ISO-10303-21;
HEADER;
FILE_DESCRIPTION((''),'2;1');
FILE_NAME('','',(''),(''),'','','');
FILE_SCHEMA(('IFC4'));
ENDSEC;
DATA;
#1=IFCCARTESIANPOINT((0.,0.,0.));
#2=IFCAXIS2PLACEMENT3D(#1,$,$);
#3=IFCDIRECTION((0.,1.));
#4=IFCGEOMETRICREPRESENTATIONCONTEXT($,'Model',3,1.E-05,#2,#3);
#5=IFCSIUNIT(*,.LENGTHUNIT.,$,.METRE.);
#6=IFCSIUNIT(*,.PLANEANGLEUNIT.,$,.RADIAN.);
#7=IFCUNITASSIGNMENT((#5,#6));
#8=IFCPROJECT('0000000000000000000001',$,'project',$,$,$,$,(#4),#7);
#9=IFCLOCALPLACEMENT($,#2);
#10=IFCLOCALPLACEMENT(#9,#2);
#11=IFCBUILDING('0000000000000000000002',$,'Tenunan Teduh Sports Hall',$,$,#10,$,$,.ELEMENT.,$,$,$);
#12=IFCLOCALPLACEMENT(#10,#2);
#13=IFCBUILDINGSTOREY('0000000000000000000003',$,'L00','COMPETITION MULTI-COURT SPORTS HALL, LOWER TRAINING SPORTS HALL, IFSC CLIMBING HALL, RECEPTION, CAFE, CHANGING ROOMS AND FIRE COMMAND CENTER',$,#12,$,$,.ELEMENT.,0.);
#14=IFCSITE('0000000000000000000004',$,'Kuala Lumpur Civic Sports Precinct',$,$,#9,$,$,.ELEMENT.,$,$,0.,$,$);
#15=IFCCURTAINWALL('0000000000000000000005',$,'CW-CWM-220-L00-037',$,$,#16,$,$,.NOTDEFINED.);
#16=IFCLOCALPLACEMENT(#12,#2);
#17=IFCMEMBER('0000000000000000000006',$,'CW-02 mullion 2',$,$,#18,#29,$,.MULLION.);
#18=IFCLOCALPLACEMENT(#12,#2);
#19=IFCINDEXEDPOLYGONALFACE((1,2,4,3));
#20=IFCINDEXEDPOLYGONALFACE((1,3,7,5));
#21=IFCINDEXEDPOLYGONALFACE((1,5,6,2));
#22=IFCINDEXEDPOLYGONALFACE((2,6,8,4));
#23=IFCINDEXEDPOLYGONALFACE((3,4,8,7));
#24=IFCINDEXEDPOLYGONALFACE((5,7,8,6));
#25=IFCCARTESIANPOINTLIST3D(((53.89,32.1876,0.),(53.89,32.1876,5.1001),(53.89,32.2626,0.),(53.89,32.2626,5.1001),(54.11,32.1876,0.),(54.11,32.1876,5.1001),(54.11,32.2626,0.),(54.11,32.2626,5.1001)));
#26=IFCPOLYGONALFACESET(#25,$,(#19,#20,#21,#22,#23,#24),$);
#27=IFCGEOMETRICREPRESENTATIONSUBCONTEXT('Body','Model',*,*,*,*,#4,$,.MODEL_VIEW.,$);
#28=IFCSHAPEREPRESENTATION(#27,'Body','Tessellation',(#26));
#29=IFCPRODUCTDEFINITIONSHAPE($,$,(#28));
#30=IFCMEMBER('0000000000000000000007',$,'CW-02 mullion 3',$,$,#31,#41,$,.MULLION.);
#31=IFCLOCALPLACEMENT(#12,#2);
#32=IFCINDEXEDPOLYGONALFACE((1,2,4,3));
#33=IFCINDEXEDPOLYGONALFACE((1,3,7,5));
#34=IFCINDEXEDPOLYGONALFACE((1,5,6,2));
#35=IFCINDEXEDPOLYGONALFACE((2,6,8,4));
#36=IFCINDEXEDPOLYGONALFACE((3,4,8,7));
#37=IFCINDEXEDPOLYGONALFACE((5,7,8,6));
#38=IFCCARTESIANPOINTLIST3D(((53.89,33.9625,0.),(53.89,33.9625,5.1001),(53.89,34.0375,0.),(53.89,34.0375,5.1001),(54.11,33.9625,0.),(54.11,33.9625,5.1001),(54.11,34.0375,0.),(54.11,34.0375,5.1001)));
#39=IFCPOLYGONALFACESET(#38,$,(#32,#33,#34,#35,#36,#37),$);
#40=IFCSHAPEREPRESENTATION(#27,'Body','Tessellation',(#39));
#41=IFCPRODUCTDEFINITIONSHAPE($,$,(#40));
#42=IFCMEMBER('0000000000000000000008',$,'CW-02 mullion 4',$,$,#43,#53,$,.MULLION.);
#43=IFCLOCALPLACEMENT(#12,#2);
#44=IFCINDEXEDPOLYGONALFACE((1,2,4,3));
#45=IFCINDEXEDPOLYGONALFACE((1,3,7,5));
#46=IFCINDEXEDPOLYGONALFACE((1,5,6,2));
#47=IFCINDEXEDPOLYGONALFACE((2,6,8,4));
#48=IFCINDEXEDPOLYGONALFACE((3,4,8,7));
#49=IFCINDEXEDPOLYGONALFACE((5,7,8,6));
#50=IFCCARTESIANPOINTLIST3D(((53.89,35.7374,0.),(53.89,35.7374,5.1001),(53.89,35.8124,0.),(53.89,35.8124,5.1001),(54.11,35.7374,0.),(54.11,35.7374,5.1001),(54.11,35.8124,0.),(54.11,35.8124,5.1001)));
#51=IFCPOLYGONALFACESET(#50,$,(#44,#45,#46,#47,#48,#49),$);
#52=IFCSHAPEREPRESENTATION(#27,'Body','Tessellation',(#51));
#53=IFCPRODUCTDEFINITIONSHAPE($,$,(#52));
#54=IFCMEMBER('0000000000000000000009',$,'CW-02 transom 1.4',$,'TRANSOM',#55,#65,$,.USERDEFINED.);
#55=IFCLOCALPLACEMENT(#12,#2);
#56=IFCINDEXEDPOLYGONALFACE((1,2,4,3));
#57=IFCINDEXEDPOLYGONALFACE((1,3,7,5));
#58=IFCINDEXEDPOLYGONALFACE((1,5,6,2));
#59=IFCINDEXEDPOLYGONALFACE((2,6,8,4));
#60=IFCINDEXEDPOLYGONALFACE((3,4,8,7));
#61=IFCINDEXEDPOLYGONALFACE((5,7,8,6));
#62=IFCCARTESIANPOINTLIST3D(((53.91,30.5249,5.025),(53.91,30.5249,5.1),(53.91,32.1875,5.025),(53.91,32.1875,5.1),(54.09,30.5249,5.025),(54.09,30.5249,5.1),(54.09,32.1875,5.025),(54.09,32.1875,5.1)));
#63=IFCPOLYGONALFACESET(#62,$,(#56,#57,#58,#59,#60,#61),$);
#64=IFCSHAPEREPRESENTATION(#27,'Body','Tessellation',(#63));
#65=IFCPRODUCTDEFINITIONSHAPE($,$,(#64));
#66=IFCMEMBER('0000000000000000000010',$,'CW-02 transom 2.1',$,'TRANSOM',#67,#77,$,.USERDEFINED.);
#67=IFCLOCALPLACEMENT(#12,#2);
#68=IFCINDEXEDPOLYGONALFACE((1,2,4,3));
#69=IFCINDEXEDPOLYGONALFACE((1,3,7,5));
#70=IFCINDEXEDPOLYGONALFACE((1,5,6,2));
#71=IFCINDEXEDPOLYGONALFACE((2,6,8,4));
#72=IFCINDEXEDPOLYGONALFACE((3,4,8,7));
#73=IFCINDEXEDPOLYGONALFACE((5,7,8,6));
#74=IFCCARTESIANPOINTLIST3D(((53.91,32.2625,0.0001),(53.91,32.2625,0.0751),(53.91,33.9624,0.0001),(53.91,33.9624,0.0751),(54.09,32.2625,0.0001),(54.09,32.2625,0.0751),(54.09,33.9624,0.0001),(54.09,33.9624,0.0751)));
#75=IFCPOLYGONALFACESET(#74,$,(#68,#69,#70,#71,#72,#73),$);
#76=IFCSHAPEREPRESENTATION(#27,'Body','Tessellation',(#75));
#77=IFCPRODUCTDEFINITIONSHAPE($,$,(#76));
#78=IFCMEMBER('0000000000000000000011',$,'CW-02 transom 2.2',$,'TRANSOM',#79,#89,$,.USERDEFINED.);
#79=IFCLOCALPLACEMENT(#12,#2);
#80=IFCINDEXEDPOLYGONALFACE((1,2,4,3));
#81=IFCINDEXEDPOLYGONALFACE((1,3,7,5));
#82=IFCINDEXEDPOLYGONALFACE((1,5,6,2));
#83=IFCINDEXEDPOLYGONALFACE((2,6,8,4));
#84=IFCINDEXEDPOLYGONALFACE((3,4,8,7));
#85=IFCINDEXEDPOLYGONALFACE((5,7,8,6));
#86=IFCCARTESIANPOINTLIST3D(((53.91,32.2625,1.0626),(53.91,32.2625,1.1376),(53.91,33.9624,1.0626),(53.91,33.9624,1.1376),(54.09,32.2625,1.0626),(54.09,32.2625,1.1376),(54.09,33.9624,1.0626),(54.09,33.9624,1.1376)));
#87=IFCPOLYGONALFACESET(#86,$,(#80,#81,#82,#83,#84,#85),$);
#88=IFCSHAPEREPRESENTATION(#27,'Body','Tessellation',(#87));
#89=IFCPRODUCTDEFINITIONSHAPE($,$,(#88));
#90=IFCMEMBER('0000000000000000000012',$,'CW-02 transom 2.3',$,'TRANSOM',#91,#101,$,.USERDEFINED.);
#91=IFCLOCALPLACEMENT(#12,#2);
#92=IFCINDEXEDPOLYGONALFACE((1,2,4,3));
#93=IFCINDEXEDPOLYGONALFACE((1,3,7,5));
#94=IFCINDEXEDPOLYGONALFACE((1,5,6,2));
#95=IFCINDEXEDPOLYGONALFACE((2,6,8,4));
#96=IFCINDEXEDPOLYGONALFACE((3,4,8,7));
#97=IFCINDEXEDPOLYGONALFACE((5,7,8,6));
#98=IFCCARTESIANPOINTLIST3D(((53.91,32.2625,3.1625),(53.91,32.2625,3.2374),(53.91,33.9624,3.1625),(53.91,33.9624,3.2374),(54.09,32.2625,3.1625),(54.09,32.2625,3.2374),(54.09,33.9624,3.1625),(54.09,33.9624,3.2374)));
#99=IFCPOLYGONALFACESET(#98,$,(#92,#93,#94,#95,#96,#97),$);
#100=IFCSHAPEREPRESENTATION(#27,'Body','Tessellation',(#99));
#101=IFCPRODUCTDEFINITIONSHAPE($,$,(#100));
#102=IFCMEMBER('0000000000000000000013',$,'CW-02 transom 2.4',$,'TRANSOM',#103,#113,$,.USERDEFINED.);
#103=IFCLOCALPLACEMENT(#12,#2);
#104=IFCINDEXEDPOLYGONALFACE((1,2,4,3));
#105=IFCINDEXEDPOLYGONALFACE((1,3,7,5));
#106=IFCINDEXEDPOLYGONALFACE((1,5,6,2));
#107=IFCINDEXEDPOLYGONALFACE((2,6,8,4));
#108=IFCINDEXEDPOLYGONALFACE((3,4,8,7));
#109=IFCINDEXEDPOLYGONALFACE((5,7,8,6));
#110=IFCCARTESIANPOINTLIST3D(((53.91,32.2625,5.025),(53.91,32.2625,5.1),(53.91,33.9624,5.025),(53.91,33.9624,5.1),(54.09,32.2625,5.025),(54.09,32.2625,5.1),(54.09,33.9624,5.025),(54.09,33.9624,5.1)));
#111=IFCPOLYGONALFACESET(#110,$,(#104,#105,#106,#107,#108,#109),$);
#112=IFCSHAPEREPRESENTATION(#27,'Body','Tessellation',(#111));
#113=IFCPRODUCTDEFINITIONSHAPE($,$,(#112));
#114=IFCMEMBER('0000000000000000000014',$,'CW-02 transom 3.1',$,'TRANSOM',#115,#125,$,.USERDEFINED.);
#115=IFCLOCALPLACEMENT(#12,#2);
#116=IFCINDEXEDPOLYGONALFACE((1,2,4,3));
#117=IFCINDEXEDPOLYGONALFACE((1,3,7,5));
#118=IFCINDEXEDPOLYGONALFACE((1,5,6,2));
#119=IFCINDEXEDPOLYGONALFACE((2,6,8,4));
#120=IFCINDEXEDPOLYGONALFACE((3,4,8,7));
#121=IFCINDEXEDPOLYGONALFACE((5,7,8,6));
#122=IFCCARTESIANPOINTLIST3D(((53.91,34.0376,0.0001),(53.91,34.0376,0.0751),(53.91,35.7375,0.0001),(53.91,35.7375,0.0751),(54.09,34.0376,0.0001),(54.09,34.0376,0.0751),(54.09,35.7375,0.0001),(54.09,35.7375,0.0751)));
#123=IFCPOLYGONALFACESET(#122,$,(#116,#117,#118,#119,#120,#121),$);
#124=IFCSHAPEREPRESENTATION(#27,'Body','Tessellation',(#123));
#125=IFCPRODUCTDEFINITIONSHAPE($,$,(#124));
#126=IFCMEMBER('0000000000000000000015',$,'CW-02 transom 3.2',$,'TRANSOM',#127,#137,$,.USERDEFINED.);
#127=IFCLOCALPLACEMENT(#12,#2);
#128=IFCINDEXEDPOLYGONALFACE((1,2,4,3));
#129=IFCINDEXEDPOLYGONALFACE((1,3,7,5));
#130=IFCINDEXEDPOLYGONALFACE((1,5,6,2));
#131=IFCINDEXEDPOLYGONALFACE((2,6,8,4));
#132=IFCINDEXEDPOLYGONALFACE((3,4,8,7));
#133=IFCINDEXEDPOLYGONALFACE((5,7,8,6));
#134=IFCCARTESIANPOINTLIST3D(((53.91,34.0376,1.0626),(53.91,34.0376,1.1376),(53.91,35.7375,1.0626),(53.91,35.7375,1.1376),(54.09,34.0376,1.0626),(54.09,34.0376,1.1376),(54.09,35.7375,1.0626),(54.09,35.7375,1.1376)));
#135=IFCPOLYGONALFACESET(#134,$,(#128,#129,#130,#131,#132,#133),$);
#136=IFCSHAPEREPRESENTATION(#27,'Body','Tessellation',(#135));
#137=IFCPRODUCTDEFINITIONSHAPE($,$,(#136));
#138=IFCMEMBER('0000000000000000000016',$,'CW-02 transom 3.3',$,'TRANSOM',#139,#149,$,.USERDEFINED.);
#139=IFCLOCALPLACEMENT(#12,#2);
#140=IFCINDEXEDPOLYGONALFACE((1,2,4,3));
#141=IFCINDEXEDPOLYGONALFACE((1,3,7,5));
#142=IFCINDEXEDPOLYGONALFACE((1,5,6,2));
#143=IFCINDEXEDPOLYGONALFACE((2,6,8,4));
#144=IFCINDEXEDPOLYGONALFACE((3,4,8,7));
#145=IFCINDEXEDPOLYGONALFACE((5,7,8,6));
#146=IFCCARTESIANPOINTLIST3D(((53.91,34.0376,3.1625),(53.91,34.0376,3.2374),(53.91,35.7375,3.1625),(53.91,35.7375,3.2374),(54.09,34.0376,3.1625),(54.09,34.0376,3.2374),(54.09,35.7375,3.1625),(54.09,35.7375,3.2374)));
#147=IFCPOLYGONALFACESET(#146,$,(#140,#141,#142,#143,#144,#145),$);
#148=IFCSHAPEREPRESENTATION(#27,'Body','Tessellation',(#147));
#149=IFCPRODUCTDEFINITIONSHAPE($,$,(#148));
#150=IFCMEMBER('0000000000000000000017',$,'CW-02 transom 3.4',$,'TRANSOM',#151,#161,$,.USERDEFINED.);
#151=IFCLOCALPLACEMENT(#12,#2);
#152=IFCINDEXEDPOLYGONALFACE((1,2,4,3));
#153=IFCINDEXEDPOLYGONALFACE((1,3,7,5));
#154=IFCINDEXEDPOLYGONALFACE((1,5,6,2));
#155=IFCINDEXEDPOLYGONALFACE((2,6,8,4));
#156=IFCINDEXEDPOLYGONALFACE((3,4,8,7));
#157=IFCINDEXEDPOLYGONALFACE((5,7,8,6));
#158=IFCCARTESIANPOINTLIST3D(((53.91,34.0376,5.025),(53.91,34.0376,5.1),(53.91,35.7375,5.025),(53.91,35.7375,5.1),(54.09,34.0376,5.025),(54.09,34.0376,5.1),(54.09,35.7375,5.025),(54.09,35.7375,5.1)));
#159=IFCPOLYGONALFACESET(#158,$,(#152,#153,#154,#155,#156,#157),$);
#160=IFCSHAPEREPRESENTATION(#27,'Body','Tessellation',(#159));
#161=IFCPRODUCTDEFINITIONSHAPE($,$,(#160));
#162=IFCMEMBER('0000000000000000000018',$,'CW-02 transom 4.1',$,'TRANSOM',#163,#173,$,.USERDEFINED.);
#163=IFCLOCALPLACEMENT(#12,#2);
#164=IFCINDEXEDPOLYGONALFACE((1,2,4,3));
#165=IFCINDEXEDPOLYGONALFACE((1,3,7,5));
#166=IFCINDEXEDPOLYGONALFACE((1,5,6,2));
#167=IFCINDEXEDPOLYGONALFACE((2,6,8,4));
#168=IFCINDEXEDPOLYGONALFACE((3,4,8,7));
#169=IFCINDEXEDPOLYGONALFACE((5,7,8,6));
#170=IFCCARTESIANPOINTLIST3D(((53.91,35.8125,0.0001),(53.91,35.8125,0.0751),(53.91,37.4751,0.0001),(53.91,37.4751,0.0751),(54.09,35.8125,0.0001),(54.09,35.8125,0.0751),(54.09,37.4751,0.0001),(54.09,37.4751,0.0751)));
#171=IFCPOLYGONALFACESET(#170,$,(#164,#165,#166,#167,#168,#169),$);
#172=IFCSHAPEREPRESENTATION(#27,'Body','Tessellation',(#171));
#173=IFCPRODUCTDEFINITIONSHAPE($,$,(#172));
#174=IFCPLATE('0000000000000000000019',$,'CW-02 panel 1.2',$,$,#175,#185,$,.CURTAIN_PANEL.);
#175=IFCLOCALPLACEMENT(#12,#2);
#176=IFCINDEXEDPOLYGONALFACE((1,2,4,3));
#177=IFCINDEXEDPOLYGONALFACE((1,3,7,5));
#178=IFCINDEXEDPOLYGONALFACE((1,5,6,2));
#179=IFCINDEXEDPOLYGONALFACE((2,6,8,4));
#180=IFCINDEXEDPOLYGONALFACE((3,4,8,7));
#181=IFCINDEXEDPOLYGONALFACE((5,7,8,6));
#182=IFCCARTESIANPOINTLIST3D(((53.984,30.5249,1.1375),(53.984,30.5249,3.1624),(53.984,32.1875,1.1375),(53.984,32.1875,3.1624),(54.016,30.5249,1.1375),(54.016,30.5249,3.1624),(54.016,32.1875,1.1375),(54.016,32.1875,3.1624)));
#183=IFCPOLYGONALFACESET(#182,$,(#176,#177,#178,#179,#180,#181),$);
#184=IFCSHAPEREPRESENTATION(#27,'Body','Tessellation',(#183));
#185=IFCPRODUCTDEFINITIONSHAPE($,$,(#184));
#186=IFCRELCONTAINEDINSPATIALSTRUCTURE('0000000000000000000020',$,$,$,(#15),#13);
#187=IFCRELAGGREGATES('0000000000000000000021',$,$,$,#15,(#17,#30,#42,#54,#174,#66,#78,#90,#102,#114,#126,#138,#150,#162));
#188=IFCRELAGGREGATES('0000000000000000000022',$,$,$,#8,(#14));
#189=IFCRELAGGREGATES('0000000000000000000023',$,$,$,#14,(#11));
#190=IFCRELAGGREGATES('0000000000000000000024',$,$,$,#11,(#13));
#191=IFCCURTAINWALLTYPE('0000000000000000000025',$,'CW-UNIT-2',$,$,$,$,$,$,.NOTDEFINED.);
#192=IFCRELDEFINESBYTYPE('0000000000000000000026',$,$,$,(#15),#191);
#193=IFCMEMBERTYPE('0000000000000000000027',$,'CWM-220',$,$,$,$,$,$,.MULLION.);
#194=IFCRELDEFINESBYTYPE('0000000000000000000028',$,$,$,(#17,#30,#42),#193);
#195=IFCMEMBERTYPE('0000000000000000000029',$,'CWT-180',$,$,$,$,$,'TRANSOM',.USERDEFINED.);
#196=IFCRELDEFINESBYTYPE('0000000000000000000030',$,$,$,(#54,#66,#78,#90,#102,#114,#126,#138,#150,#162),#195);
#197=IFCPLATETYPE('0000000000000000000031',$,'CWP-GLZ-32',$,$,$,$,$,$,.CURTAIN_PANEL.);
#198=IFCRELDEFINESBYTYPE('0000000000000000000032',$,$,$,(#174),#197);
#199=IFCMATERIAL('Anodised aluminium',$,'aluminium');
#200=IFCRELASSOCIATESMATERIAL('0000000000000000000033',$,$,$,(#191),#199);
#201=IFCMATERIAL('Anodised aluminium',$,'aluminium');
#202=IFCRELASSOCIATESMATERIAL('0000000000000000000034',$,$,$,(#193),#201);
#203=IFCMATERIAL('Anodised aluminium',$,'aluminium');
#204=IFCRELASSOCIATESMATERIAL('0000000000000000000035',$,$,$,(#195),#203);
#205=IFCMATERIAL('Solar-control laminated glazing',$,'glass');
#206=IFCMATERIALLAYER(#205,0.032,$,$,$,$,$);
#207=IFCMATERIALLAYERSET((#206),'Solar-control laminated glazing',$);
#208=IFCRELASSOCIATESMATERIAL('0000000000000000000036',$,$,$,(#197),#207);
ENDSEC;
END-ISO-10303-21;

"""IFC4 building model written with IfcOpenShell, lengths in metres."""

from ifc_helpers import new_model, si_unit, direction, frame, origin, origin_2d, place, context, subcontext, project, spatial, rectangle, extrude, material, layer, layer_set, material_profile, profile_set, type_object, element, aggregate, save


model = new_model("IFC4")

# Units and contexts
model_context = context("Model", 3, precision=1e-05, world=origin(), true_north=direction((0.0, 1.0)))
body_context = subcontext(model_context, "Body", "Model", "MODEL_VIEW")
ifc_project = project(units=[si_unit("LENGTHUNIT", "METRE"), si_unit("PLANEANGLEUNIT", "RADIAN")], contexts=[model_context])

# Site, building, storey
site_placement = place(None, origin())
site = spatial("IfcSite", under=ifc_project, at=site_placement, Name="Kuala Lumpur Civic Sports Precinct", CompositionType="ELEMENT", RefElevation=0.0)
building_placement = place(site_placement, origin())
building = spatial("IfcBuilding", under=site, at=building_placement, Name="Tenunan Teduh Sports Hall", CompositionType="ELEMENT")
storey_placement = place(building_placement, origin())
storey = spatial("IfcBuildingStorey", under=building, at=storey_placement, Name="L00", Description="COMPETITION MULTI-COURT SPORTS HALL, LOWER TRAINING SPORTS HALL, IFSC CLIMBING HALL, RECEPTION, CAFE, CHANGING ROOMS AND FIRE COMMAND CENTER", CompositionType="ELEMENT", Elevation=0.0)

# Curtain wall, members, plate
ifc_material_1 = material(Name="Anodised aluminium", Category="aluminium")
curtain_wall_type = type_object("IfcCurtainWallType", Name="CW-UNIT-2", PredefinedType="NOTDEFINED", material=ifc_material_1)
curtain_wall_placement = place(storey_placement, origin())
curtain_wall = element("IfcCurtainWall", 1, at=curtain_wall_placement, inside=storey, type_object=curtain_wall_type, Name="CW-CWM-220-L00-037", PredefinedType="NOTDEFINED")
ifc_material_2 = material(Name="Anodised aluminium", Category="aluminium")
ifc_material_profile_1 = material_profile(ifc_material_2, rectangle(XDim=0.075, YDim=0.22, at=origin_2d()), Name="CWM 75x220")
ifc_profile_set_1 = profile_set([ifc_material_profile_1], Name="Anodised aluminium")
member_type_1 = type_object("IfcMemberType", Name="CWM-220", PredefinedType="MULLION", material=ifc_profile_set_1)
member_1_placement = place(storey_placement, frame((54.0, 32.2251, 0.0), z_axis=(0.0, 0.0, 1.0), x_axis=(0.0, 1.0, 0.0)))
member_1 = element("IfcMember", 2, at=member_1_placement, type_object=member_type_1, Name="CW-02 mullion 2", PredefinedType="MULLION", context=body_context, shape_type="SweptSolid", body=[
    extrude(rectangle(XDim=0.075, YDim=0.22, at=origin_2d()), origin(), (0.0, 0.0, 1.0), 5.1001),
])
member_2_placement = place(storey_placement, frame((54.0, 34.0, 0.0), z_axis=(0.0, 0.0, 1.0), x_axis=(0.0, 1.0, 0.0)))
member_2 = element("IfcMember", 3, at=member_2_placement, type_object=member_type_1, Name="CW-02 mullion 3", PredefinedType="MULLION", context=body_context, shape_type="SweptSolid", body=[
    extrude(rectangle(XDim=0.075, YDim=0.22, at=origin_2d()), origin(), (0.0, 0.0, 1.0), 5.1001),
])
member_3_placement = place(storey_placement, frame((54.0, 35.7749, 0.0), z_axis=(0.0, 0.0, 1.0), x_axis=(0.0, 1.0, 0.0)))
member_3 = element("IfcMember", 4, at=member_3_placement, type_object=member_type_1, Name="CW-02 mullion 4", PredefinedType="MULLION", context=body_context, shape_type="SweptSolid", body=[
    extrude(rectangle(XDim=0.075, YDim=0.22, at=origin_2d()), origin(), (0.0, 0.0, 1.0), 5.1001),
])
ifc_material_3 = material(Name="Anodised aluminium", Category="aluminium")
ifc_material_profile_2 = material_profile(ifc_material_3, rectangle(XDim=0.075, YDim=0.1799, at=origin_2d()), Name="CWT 75x180")
ifc_profile_set_2 = profile_set([ifc_material_profile_2], Name="Anodised aluminium")
member_type_2 = type_object("IfcMemberType", Name="CWT-180", ElementType="TRANSOM", PredefinedType="USERDEFINED", material=ifc_profile_set_2)
member_4_placement = place(storey_placement, frame((54.0, 30.5249, 5.0625), z_axis=(0.0, 1.0, 0.0), x_axis=(0.0, 0.0, 1.0)))
member_4 = element("IfcMember", 5, at=member_4_placement, type_object=member_type_2, Name="CW-02 transom 1.4", ObjectType="TRANSOM", PredefinedType="USERDEFINED", context=body_context, shape_type="SweptSolid", body=[
    extrude(rectangle(XDim=0.075, YDim=0.1799, at=origin_2d()), origin(), (0.0, 0.0, 1.0), 1.6626),
])
member_5_placement = place(storey_placement, frame((54.0, 32.2625, 0.0376), z_axis=(0.0, 1.0, 0.0), x_axis=(0.0, 0.0, 1.0)))
member_5 = element("IfcMember", 6, at=member_5_placement, type_object=member_type_2, Name="CW-02 transom 2.1", ObjectType="TRANSOM", PredefinedType="USERDEFINED", context=body_context, shape_type="SweptSolid", body=[
    extrude(rectangle(XDim=0.075, YDim=0.1799, at=origin_2d()), origin(), (0.0, 0.0, 1.0), 1.7),
])
member_6_placement = place(storey_placement, frame((54.0, 32.2625, 1.1001), z_axis=(0.0, 1.0, 0.0), x_axis=(0.0, 0.0, 1.0)))
member_6 = element("IfcMember", 7, at=member_6_placement, type_object=member_type_2, Name="CW-02 transom 2.2", ObjectType="TRANSOM", PredefinedType="USERDEFINED", context=body_context, shape_type="SweptSolid", body=[
    extrude(rectangle(XDim=0.075, YDim=0.1799, at=origin_2d()), origin(), (0.0, 0.0, 1.0), 1.7),
])
member_7_placement = place(storey_placement, frame((54.0, 32.2625, 3.2), z_axis=(0.0, 1.0, 0.0), x_axis=(0.0, 0.0, 1.0)))
member_7 = element("IfcMember", 8, at=member_7_placement, type_object=member_type_2, Name="CW-02 transom 2.3", ObjectType="TRANSOM", PredefinedType="USERDEFINED", context=body_context, shape_type="SweptSolid", body=[
    extrude(rectangle(XDim=0.075, YDim=0.1799, at=origin_2d()), origin(), (0.0, 0.0, 1.0), 1.7),
])
member_8_placement = place(storey_placement, frame((54.0, 32.2625, 5.0625), z_axis=(0.0, 1.0, 0.0), x_axis=(0.0, 0.0, 1.0)))
member_8 = element("IfcMember", 9, at=member_8_placement, type_object=member_type_2, Name="CW-02 transom 2.4", ObjectType="TRANSOM", PredefinedType="USERDEFINED", context=body_context, shape_type="SweptSolid", body=[
    extrude(rectangle(XDim=0.075, YDim=0.1799, at=origin_2d()), origin(), (0.0, 0.0, 1.0), 1.7),
])
member_9_placement = place(storey_placement, frame((54.0, 34.0376, 0.0376), z_axis=(0.0, 1.0, 0.0), x_axis=(0.0, 0.0, 1.0)))
member_9 = element("IfcMember", 10, at=member_9_placement, type_object=member_type_2, Name="CW-02 transom 3.1", ObjectType="TRANSOM", PredefinedType="USERDEFINED", context=body_context, shape_type="SweptSolid", body=[
    extrude(rectangle(XDim=0.075, YDim=0.1799, at=origin_2d()), origin(), (0.0, 0.0, 1.0), 1.7),
])
member_10_placement = place(storey_placement, frame((54.0, 34.0376, 1.1001), z_axis=(0.0, 1.0, 0.0), x_axis=(0.0, 0.0, 1.0)))
member_10 = element("IfcMember", 11, at=member_10_placement, type_object=member_type_2, Name="CW-02 transom 3.2", ObjectType="TRANSOM", PredefinedType="USERDEFINED", context=body_context, shape_type="SweptSolid", body=[
    extrude(rectangle(XDim=0.075, YDim=0.1799, at=origin_2d()), origin(), (0.0, 0.0, 1.0), 1.7),
])
member_11_placement = place(storey_placement, frame((54.0, 34.0376, 3.2), z_axis=(0.0, 1.0, 0.0), x_axis=(0.0, 0.0, 1.0)))
member_11 = element("IfcMember", 12, at=member_11_placement, type_object=member_type_2, Name="CW-02 transom 3.3", ObjectType="TRANSOM", PredefinedType="USERDEFINED", context=body_context, shape_type="SweptSolid", body=[
    extrude(rectangle(XDim=0.075, YDim=0.1799, at=origin_2d()), origin(), (0.0, 0.0, 1.0), 1.7),
])
member_12_placement = place(storey_placement, frame((54.0, 34.0376, 5.0625), z_axis=(0.0, 1.0, 0.0), x_axis=(0.0, 0.0, 1.0)))
member_12 = element("IfcMember", 13, at=member_12_placement, type_object=member_type_2, Name="CW-02 transom 3.4", ObjectType="TRANSOM", PredefinedType="USERDEFINED", context=body_context, shape_type="SweptSolid", body=[
    extrude(rectangle(XDim=0.075, YDim=0.1799, at=origin_2d()), origin(), (0.0, 0.0, 1.0), 1.7),
])
member_13_placement = place(storey_placement, frame((54.0, 35.8125, 0.0376), z_axis=(0.0, 1.0, 0.0), x_axis=(0.0, 0.0, 1.0)))
member_13 = element("IfcMember", 14, at=member_13_placement, type_object=member_type_2, Name="CW-02 transom 4.1", ObjectType="TRANSOM", PredefinedType="USERDEFINED", context=body_context, shape_type="SweptSolid", body=[
    extrude(rectangle(XDim=0.075, YDim=0.1799, at=origin_2d()), origin(), (0.0, 0.0, 1.0), 1.6626),
])
ifc_material_4 = material(Name="Solar-control laminated glazing", Category="glass")
ifc_layer_1 = layer(ifc_material_4, 0.032)
ifc_layer_set_1 = layer_set([ifc_layer_1], Name="Solar-control laminated glazing")
plate_type_1 = type_object("IfcPlateType", Name="CWP-GLZ-32", PredefinedType="CURTAIN_PANEL", material=ifc_layer_set_1)
plate_1_placement = place(storey_placement, frame((54.0, 31.3562, 1.1375), z_axis=(0.0, 0.0, 1.0), x_axis=(0.0, 1.0, 0.0)))
plate_1 = element("IfcPlate", 15, at=plate_1_placement, type_object=plate_type_1, Name="CW-02 panel 1.2", PredefinedType="CURTAIN_PANEL", context=body_context, shape_type="SweptSolid", body=[
    extrude(rectangle(XDim=1.6626, YDim=0.032, at=origin_2d()), origin(), (0.0, 0.0, 1.0), 2.0249),
])
aggregate(curtain_wall, [member_1, member_2, member_3, member_4, plate_1, member_5, member_6, member_7, member_8, member_9, member_10, member_11, member_12, member_13])

save(model, "model.ifc")
